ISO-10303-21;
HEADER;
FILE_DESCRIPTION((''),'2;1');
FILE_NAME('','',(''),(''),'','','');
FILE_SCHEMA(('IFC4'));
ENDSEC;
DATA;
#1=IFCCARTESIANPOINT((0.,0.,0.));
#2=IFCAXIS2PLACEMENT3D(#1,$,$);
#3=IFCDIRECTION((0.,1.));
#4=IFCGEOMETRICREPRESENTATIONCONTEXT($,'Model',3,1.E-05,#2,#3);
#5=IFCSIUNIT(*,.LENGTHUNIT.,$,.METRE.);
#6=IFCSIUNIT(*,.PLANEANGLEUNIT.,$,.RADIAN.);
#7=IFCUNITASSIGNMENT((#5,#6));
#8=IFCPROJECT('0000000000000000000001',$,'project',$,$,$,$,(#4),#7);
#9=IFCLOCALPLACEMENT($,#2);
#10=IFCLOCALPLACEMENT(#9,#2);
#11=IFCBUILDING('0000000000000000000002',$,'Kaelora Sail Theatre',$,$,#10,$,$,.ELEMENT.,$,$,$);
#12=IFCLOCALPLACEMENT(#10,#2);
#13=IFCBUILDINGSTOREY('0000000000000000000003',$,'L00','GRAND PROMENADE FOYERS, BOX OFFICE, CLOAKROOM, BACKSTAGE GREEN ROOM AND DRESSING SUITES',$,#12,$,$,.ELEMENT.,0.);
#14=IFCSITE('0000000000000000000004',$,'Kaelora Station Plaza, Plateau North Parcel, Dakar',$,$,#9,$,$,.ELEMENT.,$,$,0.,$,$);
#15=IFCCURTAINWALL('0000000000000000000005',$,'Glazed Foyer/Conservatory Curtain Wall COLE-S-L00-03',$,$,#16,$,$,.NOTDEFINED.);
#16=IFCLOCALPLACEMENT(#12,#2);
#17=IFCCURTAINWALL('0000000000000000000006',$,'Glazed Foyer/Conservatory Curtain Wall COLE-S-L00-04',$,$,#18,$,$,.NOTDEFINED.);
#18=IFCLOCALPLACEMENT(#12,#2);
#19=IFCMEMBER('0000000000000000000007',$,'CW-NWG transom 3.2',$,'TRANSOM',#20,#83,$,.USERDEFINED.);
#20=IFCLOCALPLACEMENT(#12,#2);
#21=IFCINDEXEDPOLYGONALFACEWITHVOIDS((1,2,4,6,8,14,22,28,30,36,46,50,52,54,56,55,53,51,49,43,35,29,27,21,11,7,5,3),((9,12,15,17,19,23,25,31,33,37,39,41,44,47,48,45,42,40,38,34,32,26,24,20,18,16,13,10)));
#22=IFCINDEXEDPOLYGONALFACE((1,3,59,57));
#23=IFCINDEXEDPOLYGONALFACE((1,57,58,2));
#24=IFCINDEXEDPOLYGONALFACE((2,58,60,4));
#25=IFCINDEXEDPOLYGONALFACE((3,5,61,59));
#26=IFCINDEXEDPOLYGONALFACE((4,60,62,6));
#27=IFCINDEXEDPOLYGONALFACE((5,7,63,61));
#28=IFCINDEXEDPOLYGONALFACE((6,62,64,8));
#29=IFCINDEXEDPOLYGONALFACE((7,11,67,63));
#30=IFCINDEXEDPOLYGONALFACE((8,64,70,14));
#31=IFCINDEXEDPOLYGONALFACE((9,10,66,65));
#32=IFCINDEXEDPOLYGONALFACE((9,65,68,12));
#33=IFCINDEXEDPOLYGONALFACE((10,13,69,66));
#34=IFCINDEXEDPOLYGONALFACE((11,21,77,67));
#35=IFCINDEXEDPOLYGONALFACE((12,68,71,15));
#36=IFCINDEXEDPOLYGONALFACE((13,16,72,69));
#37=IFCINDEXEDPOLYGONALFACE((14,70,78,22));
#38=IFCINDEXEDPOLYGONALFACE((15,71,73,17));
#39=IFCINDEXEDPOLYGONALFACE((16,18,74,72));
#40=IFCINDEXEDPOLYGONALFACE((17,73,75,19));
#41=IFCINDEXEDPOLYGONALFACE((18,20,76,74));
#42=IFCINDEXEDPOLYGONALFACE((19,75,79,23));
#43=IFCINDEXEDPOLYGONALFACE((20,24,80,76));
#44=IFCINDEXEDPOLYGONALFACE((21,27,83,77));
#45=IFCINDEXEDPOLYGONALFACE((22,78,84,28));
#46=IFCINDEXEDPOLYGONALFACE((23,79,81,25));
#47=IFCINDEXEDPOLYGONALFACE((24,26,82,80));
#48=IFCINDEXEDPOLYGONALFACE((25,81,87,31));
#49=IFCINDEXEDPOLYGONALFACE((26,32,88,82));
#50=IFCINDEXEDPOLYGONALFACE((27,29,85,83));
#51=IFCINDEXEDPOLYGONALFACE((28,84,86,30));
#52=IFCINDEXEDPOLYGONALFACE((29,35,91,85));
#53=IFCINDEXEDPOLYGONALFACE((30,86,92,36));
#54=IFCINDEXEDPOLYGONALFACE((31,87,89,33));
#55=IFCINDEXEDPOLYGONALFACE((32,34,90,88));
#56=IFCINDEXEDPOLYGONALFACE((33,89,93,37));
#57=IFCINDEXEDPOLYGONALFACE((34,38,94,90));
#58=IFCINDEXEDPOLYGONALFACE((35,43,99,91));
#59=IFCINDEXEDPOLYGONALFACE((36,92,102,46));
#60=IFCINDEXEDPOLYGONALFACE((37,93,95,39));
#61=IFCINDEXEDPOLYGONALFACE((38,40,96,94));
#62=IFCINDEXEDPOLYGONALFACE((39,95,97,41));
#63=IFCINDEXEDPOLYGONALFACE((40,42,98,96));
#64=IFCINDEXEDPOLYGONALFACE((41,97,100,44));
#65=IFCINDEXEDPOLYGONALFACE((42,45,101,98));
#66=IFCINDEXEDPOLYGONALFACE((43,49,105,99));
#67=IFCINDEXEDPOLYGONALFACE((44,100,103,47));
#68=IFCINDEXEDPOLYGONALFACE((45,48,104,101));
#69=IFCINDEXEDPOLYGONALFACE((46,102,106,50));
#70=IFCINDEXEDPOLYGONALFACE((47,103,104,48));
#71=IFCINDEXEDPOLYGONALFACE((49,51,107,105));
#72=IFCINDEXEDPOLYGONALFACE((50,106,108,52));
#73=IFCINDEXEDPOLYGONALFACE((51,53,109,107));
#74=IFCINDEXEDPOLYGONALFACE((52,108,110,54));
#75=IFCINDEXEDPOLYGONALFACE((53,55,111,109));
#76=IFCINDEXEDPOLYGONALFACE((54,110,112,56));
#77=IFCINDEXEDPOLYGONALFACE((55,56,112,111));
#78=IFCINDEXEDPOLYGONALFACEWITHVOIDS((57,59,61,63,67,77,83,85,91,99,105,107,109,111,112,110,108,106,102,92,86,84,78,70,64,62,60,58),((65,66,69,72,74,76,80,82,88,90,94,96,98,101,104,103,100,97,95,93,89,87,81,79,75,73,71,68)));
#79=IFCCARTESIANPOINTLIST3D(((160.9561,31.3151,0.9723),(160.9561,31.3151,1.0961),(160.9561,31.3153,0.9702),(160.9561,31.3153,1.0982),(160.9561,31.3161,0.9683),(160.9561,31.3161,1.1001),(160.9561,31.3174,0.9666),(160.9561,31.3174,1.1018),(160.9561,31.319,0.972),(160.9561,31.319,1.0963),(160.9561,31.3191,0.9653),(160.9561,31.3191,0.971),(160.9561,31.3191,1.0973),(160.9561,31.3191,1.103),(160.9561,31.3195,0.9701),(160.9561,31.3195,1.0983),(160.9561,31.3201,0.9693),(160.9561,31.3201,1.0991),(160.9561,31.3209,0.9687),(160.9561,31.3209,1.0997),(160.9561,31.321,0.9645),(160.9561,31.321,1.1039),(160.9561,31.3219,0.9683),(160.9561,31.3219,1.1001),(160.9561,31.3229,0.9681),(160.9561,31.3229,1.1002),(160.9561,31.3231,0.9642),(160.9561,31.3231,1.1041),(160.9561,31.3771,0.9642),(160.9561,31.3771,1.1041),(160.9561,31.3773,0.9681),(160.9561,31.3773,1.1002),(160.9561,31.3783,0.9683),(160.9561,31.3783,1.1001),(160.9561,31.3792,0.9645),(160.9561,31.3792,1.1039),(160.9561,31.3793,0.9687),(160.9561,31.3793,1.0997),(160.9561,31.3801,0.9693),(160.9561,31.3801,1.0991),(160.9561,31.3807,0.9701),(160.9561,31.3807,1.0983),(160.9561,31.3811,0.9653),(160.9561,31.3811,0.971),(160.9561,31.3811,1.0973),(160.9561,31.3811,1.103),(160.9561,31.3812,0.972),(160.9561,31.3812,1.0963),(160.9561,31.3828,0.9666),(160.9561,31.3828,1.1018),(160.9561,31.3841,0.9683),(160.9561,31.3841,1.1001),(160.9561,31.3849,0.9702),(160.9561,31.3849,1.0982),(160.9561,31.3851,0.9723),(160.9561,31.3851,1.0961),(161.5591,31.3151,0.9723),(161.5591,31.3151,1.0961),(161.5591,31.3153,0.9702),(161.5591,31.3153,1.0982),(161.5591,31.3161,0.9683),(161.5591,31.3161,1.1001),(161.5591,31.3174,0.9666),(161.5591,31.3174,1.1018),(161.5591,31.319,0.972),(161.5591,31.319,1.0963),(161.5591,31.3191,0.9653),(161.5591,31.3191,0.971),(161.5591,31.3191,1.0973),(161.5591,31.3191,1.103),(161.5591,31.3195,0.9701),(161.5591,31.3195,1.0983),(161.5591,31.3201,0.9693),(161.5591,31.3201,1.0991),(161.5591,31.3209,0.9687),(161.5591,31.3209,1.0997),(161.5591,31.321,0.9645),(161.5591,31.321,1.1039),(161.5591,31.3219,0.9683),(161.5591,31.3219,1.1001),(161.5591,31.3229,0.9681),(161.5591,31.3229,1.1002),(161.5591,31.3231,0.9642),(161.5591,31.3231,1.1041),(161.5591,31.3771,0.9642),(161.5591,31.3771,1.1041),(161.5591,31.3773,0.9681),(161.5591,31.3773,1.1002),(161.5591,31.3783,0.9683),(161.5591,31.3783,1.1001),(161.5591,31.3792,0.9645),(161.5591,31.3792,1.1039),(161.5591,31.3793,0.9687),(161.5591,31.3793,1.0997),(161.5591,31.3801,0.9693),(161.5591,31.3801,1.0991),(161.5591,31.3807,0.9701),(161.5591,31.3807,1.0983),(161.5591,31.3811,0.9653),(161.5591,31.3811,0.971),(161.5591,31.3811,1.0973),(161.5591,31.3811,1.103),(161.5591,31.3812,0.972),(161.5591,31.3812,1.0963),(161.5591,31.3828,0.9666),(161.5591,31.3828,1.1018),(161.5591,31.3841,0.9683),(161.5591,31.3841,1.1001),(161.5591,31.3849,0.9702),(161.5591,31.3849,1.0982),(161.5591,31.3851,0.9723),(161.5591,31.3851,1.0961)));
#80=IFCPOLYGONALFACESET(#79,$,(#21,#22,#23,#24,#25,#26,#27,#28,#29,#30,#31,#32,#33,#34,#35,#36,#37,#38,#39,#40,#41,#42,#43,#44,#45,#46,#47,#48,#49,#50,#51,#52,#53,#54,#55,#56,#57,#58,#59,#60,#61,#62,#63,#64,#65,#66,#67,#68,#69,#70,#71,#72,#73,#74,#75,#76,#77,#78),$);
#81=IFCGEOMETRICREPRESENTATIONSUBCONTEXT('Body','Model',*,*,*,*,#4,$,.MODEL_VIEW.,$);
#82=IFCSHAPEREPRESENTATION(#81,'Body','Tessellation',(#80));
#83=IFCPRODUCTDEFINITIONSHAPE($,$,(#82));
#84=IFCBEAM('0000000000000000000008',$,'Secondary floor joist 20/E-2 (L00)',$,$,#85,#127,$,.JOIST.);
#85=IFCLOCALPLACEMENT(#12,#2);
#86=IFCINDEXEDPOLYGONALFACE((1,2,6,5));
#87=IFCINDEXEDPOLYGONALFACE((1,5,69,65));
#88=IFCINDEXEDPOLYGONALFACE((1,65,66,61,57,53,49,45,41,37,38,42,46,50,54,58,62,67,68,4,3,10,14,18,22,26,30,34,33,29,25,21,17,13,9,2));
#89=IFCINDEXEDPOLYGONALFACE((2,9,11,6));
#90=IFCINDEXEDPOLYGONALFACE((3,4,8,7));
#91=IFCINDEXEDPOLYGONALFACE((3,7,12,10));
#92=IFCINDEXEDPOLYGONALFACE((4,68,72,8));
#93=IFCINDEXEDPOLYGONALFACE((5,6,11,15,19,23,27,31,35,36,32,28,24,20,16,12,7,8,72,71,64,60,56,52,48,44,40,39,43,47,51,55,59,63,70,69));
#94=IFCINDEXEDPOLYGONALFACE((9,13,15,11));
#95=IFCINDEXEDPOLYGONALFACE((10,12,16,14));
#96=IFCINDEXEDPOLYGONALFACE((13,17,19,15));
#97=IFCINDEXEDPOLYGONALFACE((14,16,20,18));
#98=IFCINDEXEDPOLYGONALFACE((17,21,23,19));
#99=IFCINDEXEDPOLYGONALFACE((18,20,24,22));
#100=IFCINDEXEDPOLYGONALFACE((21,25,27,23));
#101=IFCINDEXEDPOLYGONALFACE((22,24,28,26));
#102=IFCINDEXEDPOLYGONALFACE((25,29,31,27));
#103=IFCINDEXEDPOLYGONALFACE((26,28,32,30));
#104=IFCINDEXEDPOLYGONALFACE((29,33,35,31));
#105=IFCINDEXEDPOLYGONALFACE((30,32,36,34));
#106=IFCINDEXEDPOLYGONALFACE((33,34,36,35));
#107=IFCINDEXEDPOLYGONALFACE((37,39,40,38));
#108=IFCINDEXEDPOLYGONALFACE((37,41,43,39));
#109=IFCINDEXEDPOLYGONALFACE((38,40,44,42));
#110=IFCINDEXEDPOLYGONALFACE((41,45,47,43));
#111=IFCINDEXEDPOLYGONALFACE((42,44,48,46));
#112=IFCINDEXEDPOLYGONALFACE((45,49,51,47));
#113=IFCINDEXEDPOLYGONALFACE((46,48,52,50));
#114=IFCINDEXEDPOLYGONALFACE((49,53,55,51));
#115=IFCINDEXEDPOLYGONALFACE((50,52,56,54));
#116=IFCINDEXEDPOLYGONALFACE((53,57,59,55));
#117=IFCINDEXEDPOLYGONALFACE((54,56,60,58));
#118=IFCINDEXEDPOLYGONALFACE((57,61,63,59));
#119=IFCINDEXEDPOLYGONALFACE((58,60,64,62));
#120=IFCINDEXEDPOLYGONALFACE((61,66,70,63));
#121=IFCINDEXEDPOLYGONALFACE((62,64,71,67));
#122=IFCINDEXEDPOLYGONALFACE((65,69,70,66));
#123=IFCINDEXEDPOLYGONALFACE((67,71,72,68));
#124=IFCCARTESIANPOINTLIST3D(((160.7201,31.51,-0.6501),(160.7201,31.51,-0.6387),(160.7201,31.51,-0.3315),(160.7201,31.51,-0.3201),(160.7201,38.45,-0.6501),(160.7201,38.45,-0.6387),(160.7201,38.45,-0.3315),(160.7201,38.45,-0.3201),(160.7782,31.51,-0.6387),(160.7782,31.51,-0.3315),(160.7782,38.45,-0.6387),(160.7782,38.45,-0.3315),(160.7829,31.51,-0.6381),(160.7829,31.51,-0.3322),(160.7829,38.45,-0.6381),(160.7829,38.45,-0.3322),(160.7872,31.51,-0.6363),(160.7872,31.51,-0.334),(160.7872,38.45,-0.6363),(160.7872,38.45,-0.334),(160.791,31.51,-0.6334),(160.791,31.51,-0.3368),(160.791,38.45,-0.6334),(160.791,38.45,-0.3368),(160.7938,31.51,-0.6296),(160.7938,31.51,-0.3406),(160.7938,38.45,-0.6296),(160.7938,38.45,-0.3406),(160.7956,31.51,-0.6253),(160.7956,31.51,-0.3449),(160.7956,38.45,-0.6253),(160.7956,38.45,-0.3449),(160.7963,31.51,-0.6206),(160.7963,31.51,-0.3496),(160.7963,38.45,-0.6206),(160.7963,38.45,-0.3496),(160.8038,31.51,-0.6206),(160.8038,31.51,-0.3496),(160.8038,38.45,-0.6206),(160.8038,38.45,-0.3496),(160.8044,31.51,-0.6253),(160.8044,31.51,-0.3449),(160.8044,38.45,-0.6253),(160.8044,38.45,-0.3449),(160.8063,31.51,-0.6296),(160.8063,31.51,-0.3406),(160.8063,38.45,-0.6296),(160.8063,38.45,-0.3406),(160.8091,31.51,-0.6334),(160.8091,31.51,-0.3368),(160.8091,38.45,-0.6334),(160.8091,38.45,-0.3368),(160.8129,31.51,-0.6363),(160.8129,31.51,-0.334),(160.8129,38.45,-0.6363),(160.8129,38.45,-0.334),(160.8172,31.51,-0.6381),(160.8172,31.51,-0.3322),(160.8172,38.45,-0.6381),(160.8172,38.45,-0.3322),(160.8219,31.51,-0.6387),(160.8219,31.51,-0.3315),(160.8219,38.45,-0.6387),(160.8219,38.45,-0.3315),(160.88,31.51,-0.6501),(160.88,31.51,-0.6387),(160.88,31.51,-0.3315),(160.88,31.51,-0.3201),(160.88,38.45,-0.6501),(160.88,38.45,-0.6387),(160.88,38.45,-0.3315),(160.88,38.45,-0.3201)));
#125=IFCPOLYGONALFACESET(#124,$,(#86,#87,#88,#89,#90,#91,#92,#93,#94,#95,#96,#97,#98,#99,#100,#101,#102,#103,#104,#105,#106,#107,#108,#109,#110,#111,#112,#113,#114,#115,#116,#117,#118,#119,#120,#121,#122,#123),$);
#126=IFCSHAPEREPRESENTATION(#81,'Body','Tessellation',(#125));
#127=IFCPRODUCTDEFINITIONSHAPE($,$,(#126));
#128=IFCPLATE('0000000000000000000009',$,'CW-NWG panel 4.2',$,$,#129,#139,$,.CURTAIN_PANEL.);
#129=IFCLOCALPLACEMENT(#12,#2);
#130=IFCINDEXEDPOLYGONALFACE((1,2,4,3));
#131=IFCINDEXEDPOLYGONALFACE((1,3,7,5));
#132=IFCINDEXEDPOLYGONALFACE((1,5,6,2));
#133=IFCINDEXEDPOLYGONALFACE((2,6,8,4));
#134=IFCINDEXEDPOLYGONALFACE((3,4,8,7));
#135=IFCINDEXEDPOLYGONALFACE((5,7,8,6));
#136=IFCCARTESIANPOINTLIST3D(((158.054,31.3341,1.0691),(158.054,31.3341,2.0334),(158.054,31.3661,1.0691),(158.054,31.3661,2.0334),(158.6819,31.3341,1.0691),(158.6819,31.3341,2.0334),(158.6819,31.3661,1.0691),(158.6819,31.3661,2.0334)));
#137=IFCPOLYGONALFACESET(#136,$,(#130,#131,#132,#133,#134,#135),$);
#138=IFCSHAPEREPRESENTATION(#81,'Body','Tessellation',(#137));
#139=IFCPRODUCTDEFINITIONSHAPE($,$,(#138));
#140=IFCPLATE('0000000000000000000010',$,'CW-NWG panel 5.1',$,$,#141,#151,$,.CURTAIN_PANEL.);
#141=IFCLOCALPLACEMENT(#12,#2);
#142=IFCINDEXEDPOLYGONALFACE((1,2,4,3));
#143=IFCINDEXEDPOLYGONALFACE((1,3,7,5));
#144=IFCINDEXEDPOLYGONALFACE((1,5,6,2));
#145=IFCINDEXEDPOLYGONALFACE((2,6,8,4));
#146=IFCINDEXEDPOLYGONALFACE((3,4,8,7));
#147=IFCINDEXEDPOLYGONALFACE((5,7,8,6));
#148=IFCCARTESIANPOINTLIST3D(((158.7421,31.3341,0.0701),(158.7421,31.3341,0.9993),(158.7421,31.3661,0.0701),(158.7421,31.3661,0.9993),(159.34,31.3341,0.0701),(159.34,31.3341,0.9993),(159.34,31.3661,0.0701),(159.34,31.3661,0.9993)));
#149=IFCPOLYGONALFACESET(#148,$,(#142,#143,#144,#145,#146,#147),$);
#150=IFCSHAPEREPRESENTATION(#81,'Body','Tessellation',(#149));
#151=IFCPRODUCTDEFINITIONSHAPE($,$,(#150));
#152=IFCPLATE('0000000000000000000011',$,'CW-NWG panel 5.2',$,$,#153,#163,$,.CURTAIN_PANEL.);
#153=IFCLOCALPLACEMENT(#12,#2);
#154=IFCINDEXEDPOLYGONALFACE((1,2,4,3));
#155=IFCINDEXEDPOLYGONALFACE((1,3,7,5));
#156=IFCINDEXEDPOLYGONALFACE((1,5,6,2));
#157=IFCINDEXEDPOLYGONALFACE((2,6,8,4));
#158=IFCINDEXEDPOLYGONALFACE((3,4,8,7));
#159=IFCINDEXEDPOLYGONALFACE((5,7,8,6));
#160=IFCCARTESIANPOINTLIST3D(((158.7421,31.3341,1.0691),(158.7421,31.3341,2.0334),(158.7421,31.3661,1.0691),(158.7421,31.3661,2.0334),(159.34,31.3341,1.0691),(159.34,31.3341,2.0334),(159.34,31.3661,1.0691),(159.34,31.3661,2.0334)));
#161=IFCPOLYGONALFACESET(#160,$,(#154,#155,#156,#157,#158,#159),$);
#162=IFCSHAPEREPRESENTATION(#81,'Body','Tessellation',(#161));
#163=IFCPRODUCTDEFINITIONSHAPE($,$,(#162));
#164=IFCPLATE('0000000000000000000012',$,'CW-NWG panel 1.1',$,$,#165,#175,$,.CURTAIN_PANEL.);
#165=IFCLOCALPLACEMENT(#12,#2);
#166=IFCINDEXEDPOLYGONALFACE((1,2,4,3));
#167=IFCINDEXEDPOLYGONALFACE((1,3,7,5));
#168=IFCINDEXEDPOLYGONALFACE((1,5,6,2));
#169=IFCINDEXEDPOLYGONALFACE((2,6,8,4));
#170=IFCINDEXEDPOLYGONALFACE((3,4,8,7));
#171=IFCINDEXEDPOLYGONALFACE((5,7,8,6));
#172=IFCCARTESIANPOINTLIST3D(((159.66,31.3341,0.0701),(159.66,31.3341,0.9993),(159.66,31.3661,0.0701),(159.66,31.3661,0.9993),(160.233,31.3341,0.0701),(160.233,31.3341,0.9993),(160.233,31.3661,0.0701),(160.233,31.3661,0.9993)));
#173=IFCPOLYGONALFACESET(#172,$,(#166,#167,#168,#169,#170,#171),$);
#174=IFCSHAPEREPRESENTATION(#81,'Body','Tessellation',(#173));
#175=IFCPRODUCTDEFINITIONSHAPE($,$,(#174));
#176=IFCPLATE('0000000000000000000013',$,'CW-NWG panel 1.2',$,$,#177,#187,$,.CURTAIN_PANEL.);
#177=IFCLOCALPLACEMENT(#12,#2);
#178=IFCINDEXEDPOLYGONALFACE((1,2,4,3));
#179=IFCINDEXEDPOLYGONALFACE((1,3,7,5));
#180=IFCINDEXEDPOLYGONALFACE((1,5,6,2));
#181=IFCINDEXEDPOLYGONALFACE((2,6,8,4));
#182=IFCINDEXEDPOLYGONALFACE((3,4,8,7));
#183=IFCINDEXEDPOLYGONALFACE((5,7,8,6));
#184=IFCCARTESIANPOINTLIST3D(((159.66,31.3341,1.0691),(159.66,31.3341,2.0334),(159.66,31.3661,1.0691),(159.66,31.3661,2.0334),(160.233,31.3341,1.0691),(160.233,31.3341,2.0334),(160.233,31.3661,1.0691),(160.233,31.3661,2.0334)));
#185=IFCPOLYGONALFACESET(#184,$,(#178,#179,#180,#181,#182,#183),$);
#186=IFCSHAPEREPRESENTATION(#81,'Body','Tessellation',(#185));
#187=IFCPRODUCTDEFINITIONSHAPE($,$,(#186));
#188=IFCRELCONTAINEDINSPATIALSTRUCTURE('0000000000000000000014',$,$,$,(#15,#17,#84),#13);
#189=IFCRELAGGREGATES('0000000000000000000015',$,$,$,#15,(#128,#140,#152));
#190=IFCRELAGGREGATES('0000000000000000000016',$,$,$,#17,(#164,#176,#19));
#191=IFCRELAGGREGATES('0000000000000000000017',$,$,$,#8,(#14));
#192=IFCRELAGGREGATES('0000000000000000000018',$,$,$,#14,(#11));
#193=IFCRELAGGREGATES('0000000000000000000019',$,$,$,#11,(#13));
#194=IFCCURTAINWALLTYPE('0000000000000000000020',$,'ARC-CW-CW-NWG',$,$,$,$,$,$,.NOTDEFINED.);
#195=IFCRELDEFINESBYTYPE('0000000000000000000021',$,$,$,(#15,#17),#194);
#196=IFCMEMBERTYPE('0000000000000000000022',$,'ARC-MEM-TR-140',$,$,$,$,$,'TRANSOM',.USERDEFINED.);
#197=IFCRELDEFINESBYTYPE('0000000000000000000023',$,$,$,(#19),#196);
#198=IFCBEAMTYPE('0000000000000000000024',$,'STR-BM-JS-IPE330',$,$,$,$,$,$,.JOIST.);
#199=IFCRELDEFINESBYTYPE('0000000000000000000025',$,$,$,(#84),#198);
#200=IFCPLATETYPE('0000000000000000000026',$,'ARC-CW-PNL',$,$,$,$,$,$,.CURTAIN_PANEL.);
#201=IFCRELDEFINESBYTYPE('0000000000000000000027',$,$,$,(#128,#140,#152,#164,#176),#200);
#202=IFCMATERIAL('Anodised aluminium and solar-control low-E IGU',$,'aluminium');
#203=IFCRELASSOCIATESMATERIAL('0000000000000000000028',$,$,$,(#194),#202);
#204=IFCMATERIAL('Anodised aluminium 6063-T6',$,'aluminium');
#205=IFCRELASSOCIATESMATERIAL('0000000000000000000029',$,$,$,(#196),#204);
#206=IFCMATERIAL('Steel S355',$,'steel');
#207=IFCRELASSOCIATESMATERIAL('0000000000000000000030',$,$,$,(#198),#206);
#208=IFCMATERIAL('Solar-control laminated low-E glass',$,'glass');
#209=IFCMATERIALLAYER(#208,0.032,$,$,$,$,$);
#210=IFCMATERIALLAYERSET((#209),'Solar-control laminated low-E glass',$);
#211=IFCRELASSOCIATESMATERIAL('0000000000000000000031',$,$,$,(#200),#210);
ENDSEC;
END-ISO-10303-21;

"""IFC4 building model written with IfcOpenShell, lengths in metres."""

from ifc_helpers import new_model, si_unit, direction, frame, origin, origin_2d, place, context, subcontext, project, spatial, rectangle, hollow_rectangle, i_section, extrude, material, layer, layer_set, material_profile, profile_set, type_object, element, aggregate, save


model = new_model("IFC4")

# Units and contexts
model_context = context("Model", 3, precision=1e-05, world=origin(), true_north=direction((0.0, 1.0)))
body_context = subcontext(model_context, "Body", "Model", "MODEL_VIEW")
ifc_project = project(units=[si_unit("LENGTHUNIT", "METRE"), si_unit("PLANEANGLEUNIT", "RADIAN")], contexts=[model_context])

# Site, building, storey
site_placement = place(None, origin())
site = spatial("IfcSite", under=ifc_project, at=site_placement, Name="Kaelora Station Plaza, Plateau North Parcel, Dakar", CompositionType="ELEMENT", RefElevation=0.0)
building_placement = place(site_placement, origin())
building = spatial("IfcBuilding", under=site, at=building_placement, Name="Kaelora Sail Theatre", CompositionType="ELEMENT")
storey_placement = place(building_placement, origin())
storey = spatial("IfcBuildingStorey", under=building, at=storey_placement, Name="L00", Description="GRAND PROMENADE FOYERS, BOX OFFICE, CLOAKROOM, BACKSTAGE GREEN ROOM AND DRESSING SUITES", CompositionType="ELEMENT", Elevation=0.0)

# Curtain walls
ifc_material_1 = material(Name="Anodised aluminium and solar-control low-E IGU", Category="aluminium")
curtain_wall_type = type_object("IfcCurtainWallType", Name="ARC-CW-CW-NWG", PredefinedType="NOTDEFINED", material=ifc_material_1)
curtain_wall_1_placement = place(storey_placement, origin())
curtain_wall_1 = element("IfcCurtainWall", 1, at=curtain_wall_1_placement, inside=storey, type_object=curtain_wall_type, Name="Glazed Foyer/Conservatory Curtain Wall COLE-S-L00-03", PredefinedType="NOTDEFINED")
curtain_wall_2_placement = place(storey_placement, origin())
curtain_wall_2 = element("IfcCurtainWall", 2, at=curtain_wall_2_placement, inside=storey, type_object=curtain_wall_type, Name="Glazed Foyer/Conservatory Curtain Wall COLE-S-L00-04", PredefinedType="NOTDEFINED")

# Member
ifc_material_2 = material(Name="Anodised aluminium 6063-T6", Category="aluminium")
ifc_material_profile_1 = material_profile(ifc_material_2, hollow_rectangle(XDim=0.0701, YDim=0.1399, WallThickness=0.0039, InnerFilletRadius=0.0039, OuterFilletRadius=0.0081, at=origin_2d()), Name="ALU-TRAN 70x140x4")
ifc_profile_set_1 = profile_set([ifc_material_profile_1], Name="Anodised aluminium 6063-T6")
member_type_1 = type_object("IfcMemberType", Name="ARC-MEM-TR-140", ElementType="TRANSOM", PredefinedType="USERDEFINED", material=ifc_profile_set_1)
member_1_placement = place(storey_placement, frame((160.9561, 31.3501, 1.0342), z_axis=(1.0, 0.0, 0.0), x_axis=(0.0, 1.0, 0.0)))
member_1 = element("IfcMember", 3, at=member_1_placement, type_object=member_type_1, Name="CW-NWG transom 3.2", ObjectType="TRANSOM", PredefinedType="USERDEFINED", context=body_context, shape_type="SweptSolid", body=[
    extrude(hollow_rectangle(XDim=0.0701, YDim=0.1399, WallThickness=0.0039, InnerFilletRadius=0.0039, OuterFilletRadius=0.0081, at=origin_2d()), origin(), (0.0, 0.0, 1.0), 0.603),
])

# Beam
ifc_material_3 = material(Name="Steel S355", Category="steel")
ifc_material_profile_2 = material_profile(ifc_material_3, i_section(OverallWidth=0.1599, OverallDepth=0.3301, WebThickness=0.0076, FlangeThickness=0.0115, FilletRadius=0.0181, at=origin_2d()), Name="IPE 330")
ifc_profile_set_2 = profile_set([ifc_material_profile_2], Name="Steel S355")
beam_type = type_object("IfcBeamType", Name="STR-BM-JS-IPE330", PredefinedType="JOIST", material=ifc_profile_set_2)
beam_placement = place(storey_placement, frame((160.8, 31.51, -0.4851), z_axis=(0.0, 1.0, 0.0), x_axis=(-1.0, 0.0, 0.0)))
element("IfcBeam", 4, at=beam_placement, inside=storey, type_object=beam_type, Name="Secondary floor joist 20/E-2 (L00)", PredefinedType="JOIST", context=body_context, shape_type="SweptSolid", body=[
    extrude(i_section(OverallWidth=0.1599, OverallDepth=0.3301, WebThickness=0.0076, FlangeThickness=0.0115, FilletRadius=0.0181, at=origin_2d()), origin(), (0.0, 0.0, 1.0), 6.9399),
])

# Plates
ifc_material_4 = material(Name="Solar-control laminated low-E glass", Category="glass")
ifc_layer_1 = layer(ifc_material_4, 0.032)
ifc_layer_set_1 = layer_set([ifc_layer_1], Name="Solar-control laminated low-E glass")
plate_type = type_object("IfcPlateType", Name="ARC-CW-PNL", PredefinedType="CURTAIN_PANEL", material=ifc_layer_set_1)
plate_1_placement = place(storey_placement, frame((158.3679, 31.3501, 1.0691), z_axis=(0.0, 0.0, 1.0), x_axis=(1.0, 0.0, 0.0)))
plate_1 = element("IfcPlate", 5, at=plate_1_placement, type_object=plate_type, Name="CW-NWG panel 4.2", PredefinedType="CURTAIN_PANEL", context=body_context, shape_type="SweptSolid", body=[
    extrude(rectangle(XDim=0.6279, YDim=0.032, at=origin_2d()), origin(), (0.0, 0.0, 1.0), 0.9644),
])
plate_2_placement = place(storey_placement, frame((159.041, 31.3501, 0.0701), z_axis=(0.0, 0.0, 1.0), x_axis=(1.0, 0.0, 0.0)))
plate_2 = element("IfcPlate", 6, at=plate_2_placement, type_object=plate_type, Name="CW-NWG panel 5.1", PredefinedType="CURTAIN_PANEL", context=body_context, shape_type="SweptSolid", body=[
    extrude(rectangle(XDim=0.5979, YDim=0.032, at=origin_2d()), origin(), (0.0, 0.0, 1.0), 0.9292),
])
plate_3_placement = place(storey_placement, frame((159.041, 31.3501, 1.0691), z_axis=(0.0, 0.0, 1.0), x_axis=(1.0, 0.0, 0.0)))
plate_3 = element("IfcPlate", 7, at=plate_3_placement, type_object=plate_type, Name="CW-NWG panel 5.2", PredefinedType="CURTAIN_PANEL", context=body_context, shape_type="SweptSolid", body=[
    extrude(rectangle(XDim=0.5979, YDim=0.032, at=origin_2d()), origin(), (0.0, 0.0, 1.0), 0.9644),
])
aggregate(curtain_wall_1, [plate_1, plate_2, plate_3])
plate_4_placement = place(storey_placement, frame((159.9465, 31.3501, 0.0701), z_axis=(0.0, 0.0, 1.0), x_axis=(1.0, 0.0, 0.0)))
plate_4 = element("IfcPlate", 8, at=plate_4_placement, type_object=plate_type, Name="CW-NWG panel 1.1", PredefinedType="CURTAIN_PANEL", context=body_context, shape_type="SweptSolid", body=[
    extrude(rectangle(XDim=0.573, YDim=0.032, at=origin_2d()), origin(), (0.0, 0.0, 1.0), 0.9292),
])
plate_5_placement = place(storey_placement, frame((159.9465, 31.3501, 1.0691), z_axis=(0.0, 0.0, 1.0), x_axis=(1.0, 0.0, 0.0)))
plate_5 = element("IfcPlate", 9, at=plate_5_placement, type_object=plate_type, Name="CW-NWG panel 1.2", PredefinedType="CURTAIN_PANEL", context=body_context, shape_type="SweptSolid", body=[
    extrude(rectangle(XDim=0.573, YDim=0.032, at=origin_2d()), origin(), (0.0, 0.0, 1.0), 0.9644),
])
aggregate(curtain_wall_2, [plate_4, plate_5, member_1])

save(model, "model.ifc")
